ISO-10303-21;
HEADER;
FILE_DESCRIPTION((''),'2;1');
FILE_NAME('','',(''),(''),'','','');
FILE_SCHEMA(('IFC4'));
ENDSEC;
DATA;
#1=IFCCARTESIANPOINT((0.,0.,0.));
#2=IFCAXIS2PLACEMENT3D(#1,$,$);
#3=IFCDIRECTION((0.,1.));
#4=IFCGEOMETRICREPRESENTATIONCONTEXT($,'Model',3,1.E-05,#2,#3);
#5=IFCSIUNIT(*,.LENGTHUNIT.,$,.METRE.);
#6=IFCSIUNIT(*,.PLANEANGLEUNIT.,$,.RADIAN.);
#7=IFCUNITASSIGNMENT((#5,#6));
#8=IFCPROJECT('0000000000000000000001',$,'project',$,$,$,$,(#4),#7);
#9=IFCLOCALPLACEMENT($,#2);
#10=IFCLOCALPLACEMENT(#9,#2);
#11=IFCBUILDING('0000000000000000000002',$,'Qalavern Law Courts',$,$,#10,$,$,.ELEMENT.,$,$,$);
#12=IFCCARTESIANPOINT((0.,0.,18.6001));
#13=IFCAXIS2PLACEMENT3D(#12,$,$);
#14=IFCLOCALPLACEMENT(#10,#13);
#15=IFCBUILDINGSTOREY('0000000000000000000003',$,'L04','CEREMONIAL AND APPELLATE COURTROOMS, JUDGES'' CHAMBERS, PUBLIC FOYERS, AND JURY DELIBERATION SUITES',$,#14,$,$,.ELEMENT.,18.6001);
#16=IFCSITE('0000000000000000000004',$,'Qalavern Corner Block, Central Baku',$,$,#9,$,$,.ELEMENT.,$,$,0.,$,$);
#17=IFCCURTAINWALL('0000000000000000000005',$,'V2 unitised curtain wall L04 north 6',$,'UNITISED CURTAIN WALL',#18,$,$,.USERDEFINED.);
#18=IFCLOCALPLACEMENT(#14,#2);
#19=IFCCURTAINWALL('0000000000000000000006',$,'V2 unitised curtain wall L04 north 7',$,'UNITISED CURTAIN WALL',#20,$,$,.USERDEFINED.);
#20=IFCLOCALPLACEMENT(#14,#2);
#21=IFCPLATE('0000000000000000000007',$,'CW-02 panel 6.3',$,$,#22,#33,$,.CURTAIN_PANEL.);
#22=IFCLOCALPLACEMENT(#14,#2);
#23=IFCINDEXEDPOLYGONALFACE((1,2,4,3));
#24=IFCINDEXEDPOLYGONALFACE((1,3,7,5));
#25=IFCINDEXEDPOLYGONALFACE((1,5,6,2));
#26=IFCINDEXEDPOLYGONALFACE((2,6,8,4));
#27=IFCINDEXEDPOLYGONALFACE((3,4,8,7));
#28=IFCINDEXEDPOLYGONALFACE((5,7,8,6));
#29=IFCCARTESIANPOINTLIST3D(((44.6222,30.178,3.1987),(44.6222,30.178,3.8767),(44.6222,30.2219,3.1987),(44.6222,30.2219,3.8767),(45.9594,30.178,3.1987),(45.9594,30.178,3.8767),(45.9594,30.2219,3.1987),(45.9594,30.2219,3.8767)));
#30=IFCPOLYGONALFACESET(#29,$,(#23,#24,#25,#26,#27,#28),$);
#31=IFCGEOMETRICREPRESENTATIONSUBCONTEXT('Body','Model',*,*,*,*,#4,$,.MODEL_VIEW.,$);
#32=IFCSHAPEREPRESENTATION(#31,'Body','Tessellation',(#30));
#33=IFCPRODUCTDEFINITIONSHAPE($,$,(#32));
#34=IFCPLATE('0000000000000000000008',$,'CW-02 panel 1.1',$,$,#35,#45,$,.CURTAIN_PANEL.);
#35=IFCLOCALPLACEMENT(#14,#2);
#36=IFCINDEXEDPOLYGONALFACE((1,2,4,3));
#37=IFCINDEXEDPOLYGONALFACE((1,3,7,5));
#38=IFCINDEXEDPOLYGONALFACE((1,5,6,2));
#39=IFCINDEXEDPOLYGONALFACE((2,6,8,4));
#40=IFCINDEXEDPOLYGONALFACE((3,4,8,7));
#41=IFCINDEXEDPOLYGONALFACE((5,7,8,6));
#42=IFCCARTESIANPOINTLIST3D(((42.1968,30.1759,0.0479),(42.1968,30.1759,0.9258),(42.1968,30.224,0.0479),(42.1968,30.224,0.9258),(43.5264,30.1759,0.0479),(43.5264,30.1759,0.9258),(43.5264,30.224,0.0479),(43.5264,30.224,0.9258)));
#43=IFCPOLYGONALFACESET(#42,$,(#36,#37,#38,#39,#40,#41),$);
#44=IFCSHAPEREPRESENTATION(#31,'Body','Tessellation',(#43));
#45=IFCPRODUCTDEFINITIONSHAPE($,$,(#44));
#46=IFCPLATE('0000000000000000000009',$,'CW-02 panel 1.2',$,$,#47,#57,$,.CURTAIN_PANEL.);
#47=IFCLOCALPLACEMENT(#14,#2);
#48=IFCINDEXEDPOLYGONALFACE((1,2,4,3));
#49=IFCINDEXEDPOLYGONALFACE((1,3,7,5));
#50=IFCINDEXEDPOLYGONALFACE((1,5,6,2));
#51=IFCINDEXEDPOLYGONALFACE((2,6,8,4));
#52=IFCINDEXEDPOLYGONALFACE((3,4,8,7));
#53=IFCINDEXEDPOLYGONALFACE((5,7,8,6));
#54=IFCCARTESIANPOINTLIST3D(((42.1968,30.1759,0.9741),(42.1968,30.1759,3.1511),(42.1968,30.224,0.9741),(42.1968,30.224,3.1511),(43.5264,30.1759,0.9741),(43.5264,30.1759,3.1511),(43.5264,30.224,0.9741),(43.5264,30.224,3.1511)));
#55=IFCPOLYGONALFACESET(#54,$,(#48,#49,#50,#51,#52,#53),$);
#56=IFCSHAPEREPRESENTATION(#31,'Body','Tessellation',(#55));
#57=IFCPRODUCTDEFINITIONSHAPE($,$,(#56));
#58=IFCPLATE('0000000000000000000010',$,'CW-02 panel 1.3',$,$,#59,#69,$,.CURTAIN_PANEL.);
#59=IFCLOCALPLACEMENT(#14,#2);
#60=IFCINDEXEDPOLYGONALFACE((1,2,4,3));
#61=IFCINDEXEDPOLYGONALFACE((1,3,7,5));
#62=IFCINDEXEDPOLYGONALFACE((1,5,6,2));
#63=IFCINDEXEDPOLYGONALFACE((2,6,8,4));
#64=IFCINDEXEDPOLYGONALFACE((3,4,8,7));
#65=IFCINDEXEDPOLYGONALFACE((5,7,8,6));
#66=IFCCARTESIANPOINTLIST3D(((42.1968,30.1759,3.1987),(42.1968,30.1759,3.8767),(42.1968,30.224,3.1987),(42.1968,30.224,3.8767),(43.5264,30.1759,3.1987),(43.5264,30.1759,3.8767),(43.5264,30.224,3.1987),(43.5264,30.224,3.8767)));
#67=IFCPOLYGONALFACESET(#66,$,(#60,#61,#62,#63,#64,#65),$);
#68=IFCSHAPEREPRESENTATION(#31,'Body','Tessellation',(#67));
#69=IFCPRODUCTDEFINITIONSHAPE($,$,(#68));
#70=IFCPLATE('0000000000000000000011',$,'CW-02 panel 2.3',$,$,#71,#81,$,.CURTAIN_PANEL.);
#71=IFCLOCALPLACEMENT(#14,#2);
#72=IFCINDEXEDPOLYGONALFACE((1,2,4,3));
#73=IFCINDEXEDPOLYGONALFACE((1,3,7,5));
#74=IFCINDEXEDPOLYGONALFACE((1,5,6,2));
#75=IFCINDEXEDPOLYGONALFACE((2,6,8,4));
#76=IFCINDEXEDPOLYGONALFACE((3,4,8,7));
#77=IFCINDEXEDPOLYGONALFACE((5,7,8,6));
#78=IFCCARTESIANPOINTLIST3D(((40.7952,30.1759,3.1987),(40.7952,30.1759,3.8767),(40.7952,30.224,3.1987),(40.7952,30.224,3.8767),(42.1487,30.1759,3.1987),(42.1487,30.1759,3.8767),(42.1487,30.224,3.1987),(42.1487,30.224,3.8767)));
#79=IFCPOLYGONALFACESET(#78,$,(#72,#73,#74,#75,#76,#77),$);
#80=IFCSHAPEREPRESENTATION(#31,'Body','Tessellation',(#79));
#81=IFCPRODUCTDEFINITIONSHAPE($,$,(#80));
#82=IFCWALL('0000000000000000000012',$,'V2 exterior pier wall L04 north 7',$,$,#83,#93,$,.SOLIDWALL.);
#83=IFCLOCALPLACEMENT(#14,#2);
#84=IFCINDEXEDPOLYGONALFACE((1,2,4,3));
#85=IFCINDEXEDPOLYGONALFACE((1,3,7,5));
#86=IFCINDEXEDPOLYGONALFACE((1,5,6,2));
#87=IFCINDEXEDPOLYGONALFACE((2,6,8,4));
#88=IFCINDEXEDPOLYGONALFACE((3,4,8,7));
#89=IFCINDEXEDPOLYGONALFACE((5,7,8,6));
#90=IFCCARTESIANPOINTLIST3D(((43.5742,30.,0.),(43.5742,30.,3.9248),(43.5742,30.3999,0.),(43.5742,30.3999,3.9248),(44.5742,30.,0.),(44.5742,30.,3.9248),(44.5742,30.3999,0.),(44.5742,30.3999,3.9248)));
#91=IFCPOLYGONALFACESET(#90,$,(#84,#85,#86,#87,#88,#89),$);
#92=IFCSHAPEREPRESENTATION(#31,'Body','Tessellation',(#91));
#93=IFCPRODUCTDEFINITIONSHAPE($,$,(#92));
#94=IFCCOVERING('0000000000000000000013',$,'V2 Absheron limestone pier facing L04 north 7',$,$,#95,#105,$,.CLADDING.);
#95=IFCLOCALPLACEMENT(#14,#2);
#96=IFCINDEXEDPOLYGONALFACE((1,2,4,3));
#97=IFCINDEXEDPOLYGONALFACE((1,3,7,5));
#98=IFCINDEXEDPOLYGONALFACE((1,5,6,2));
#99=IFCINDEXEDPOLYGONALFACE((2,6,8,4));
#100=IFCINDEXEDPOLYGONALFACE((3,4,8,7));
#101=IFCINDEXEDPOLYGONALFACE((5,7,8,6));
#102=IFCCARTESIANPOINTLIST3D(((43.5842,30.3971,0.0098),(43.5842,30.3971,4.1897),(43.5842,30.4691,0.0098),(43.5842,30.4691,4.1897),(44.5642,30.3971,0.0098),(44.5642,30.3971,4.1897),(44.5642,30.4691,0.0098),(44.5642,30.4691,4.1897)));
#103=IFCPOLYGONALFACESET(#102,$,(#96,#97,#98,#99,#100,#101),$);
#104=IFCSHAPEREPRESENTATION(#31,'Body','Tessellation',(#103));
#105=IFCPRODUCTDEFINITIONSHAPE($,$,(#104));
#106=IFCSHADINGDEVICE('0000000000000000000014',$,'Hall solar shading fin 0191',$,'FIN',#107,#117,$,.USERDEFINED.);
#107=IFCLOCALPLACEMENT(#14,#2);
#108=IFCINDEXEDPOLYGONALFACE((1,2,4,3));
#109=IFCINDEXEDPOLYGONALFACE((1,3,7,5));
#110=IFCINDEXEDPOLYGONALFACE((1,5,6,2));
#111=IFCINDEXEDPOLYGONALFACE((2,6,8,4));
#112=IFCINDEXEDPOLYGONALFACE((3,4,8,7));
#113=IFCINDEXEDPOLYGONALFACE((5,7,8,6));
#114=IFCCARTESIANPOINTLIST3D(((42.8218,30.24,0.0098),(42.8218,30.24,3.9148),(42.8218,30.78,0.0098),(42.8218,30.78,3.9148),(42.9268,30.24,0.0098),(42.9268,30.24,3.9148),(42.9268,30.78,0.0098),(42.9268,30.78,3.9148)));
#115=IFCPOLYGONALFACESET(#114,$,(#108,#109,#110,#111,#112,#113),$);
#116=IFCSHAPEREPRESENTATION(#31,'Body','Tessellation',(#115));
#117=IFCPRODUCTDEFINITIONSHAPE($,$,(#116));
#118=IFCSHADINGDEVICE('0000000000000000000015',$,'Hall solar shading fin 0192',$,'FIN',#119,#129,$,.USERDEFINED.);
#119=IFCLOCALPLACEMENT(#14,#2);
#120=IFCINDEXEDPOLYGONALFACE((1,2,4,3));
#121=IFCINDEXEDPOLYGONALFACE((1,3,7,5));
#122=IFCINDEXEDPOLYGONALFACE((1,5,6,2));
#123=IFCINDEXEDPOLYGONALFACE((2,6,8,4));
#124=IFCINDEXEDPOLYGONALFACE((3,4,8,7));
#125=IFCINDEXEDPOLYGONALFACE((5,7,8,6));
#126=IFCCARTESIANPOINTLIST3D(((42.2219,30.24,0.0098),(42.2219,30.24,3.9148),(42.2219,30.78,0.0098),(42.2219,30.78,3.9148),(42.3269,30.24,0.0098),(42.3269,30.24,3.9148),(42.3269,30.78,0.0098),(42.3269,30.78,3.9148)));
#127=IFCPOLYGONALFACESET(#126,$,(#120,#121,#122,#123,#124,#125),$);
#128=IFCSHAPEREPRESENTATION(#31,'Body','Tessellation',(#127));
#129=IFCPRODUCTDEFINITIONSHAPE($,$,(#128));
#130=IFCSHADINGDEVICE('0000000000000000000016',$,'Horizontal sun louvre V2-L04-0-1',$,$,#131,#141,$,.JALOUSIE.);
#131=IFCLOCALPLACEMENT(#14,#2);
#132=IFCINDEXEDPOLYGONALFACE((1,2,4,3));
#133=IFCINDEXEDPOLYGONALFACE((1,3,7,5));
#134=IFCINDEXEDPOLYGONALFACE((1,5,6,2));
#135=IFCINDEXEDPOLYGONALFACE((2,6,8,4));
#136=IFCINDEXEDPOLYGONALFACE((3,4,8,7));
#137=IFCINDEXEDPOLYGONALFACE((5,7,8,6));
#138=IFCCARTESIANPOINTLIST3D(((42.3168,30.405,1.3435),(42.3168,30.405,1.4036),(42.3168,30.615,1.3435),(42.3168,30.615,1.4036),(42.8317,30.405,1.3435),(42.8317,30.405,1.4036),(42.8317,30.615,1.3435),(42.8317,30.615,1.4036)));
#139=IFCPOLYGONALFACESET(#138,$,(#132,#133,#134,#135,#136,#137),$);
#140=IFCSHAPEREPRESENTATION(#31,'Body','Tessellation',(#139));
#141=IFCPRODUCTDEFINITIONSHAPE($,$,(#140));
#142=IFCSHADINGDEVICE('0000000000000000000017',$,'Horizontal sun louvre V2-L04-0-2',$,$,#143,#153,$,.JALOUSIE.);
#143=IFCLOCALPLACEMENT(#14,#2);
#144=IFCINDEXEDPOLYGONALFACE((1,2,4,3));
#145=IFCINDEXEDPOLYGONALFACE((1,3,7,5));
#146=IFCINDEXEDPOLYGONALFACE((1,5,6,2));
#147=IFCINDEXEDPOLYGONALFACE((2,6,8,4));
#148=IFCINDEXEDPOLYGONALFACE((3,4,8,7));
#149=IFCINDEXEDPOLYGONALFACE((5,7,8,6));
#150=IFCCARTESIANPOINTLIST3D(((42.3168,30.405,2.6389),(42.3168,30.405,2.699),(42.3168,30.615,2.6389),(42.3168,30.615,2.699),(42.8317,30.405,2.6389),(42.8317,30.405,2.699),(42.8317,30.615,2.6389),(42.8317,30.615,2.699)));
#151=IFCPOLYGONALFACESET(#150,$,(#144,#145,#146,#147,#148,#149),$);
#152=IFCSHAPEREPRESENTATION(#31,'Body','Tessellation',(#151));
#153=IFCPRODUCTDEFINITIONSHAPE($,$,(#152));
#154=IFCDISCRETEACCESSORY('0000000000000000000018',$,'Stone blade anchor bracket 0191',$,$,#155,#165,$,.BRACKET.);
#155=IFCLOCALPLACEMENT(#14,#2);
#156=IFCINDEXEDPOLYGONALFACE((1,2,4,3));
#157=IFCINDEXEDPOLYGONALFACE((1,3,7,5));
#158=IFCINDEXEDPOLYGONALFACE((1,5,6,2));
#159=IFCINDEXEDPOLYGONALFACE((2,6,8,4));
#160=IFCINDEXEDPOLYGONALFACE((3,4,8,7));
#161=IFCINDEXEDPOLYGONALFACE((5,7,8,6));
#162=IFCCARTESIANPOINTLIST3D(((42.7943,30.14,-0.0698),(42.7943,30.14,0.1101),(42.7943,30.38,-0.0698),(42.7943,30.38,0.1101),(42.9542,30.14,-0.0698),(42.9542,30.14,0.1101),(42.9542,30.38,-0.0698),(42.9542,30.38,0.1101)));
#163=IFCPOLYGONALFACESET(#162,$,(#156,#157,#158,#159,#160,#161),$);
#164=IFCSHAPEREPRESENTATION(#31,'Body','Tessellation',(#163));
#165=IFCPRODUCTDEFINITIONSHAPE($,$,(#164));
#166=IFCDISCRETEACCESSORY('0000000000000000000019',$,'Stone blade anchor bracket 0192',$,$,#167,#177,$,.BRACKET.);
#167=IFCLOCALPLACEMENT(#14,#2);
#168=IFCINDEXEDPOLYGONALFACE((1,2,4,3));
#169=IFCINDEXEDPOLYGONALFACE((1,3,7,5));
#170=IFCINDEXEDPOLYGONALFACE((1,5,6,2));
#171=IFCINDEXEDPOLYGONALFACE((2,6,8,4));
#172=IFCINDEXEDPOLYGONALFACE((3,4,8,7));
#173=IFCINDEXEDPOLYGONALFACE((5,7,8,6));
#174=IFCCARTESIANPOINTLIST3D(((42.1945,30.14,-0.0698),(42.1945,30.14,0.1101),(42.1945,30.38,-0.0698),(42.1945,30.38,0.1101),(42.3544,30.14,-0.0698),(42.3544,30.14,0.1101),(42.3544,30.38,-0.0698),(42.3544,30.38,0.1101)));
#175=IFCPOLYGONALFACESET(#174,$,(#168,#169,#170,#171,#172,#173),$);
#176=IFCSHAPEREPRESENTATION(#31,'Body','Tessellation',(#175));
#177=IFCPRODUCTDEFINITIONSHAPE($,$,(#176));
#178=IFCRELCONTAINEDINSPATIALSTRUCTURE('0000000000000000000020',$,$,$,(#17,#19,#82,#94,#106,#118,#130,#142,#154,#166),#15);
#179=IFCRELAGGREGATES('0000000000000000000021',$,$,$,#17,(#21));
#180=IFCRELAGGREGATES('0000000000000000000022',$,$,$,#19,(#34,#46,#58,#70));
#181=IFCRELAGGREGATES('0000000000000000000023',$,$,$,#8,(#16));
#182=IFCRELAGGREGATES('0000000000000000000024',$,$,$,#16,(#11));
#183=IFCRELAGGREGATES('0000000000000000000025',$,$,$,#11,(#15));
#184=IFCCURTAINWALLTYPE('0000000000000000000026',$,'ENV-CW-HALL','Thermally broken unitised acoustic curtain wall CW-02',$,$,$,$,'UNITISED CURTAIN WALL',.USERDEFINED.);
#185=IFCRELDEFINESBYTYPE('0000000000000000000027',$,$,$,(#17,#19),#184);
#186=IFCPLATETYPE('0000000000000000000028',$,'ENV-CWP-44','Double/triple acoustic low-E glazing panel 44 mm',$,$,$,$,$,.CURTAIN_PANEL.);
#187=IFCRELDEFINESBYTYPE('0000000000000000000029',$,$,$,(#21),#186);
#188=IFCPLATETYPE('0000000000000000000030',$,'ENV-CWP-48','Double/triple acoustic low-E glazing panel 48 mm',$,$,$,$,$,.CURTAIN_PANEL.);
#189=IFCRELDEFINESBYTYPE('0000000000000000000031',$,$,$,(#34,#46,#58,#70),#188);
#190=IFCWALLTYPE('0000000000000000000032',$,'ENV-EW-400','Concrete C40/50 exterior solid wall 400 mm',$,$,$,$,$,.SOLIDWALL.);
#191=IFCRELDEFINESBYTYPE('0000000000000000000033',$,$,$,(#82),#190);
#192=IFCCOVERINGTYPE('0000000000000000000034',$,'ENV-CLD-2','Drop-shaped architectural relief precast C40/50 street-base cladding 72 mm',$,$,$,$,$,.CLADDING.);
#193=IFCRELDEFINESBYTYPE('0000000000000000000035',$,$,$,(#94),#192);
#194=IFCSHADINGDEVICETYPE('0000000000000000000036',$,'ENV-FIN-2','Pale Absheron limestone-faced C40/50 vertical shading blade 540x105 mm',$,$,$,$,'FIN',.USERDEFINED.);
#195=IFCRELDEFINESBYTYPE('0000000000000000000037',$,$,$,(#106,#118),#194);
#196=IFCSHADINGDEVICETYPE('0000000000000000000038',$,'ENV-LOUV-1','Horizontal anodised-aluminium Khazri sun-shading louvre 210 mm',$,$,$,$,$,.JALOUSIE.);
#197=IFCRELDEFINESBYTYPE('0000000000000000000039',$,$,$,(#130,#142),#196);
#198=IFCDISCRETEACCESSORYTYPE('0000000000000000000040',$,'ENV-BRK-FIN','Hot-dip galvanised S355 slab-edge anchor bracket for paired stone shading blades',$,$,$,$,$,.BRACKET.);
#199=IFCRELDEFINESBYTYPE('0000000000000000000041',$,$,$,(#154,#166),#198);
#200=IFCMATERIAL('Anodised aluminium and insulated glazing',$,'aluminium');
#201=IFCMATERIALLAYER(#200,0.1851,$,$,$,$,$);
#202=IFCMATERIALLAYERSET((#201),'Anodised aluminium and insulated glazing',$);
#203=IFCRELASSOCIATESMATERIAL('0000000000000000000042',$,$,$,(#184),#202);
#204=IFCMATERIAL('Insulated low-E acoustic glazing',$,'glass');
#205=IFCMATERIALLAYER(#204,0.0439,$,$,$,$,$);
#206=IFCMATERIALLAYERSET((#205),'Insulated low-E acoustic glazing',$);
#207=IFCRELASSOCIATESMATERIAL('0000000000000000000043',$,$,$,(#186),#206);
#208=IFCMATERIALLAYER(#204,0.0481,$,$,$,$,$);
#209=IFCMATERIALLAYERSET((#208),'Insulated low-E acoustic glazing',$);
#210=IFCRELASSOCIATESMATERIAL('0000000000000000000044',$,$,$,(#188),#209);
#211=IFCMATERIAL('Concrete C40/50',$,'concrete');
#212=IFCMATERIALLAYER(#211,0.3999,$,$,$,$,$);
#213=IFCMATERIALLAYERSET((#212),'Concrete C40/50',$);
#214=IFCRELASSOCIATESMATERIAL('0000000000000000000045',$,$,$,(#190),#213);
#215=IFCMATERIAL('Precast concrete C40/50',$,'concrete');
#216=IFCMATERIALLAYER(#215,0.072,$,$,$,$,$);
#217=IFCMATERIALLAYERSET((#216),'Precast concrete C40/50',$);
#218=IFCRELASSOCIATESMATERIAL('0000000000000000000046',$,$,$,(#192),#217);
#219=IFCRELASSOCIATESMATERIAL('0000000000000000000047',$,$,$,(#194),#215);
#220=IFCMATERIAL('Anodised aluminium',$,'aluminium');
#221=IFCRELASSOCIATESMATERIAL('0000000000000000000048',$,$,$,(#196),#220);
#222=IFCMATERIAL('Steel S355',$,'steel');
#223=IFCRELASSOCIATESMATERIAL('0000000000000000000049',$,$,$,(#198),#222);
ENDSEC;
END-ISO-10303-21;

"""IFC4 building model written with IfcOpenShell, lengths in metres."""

from ifc_helpers import new_model, si_unit, direction, frame, frame_2d, origin, origin_2d, place, context, subcontext, project, spatial, rectangle, extrude, material, layer, layer_set, type_object, element, aggregate, save


model = new_model("IFC4")

# Units and contexts
model_context = context("Model", 3, precision=1e-05, world=origin(), true_north=direction((0.0, 1.0)))
body_context = subcontext(model_context, "Body", "Model", "MODEL_VIEW")
ifc_project = project(units=[si_unit("LENGTHUNIT", "METRE"), si_unit("PLANEANGLEUNIT", "RADIAN")], contexts=[model_context])

# Site, building, storey
site_placement = place(None, origin())
site = spatial("IfcSite", under=ifc_project, at=site_placement, Name="Qalavern Corner Block, Central Baku", CompositionType="ELEMENT", RefElevation=0.0)
building_placement = place(site_placement, origin())
building = spatial("IfcBuilding", under=site, at=building_placement, Name="Qalavern Law Courts", CompositionType="ELEMENT")
storey_placement = place(building_placement, frame((0.0, 0.0, 18.6001)))
storey = spatial("IfcBuildingStorey", under=building, at=storey_placement, Name="L04", Description="CEREMONIAL AND APPELLATE COURTROOMS, JUDGES' CHAMBERS, PUBLIC FOYERS, AND JURY DELIBERATION SUITES", CompositionType="ELEMENT", Elevation=18.6001)

# Curtain walls
ifc_material_1 = material(Name="Anodised aluminium and insulated glazing", Category="aluminium")
ifc_layer_1 = layer(ifc_material_1, 0.1851)
ifc_layer_set_1 = layer_set([ifc_layer_1], Name="Anodised aluminium and insulated glazing")
curtain_wall_type = type_object("IfcCurtainWallType", Name="ENV-CW-HALL", Description="Thermally broken unitised acoustic curtain wall CW-02", ElementType="UNITISED CURTAIN WALL", PredefinedType="USERDEFINED", material=ifc_layer_set_1)
curtain_wall_1_placement = place(storey_placement, origin())
curtain_wall_1 = element("IfcCurtainWall", 1, at=curtain_wall_1_placement, inside=storey, type_object=curtain_wall_type, Name="V2 unitised curtain wall L04 north 6", ObjectType="UNITISED CURTAIN WALL", PredefinedType="USERDEFINED")
ifc_material_2 = material(Name="Anodised aluminium", Category="aluminium")
curtain_wall_2_placement = place(storey_placement, origin())
curtain_wall_2 = element("IfcCurtainWall", 2, at=curtain_wall_2_placement, inside=storey, type_object=curtain_wall_type, Name="V2 unitised curtain wall L04 north 7", ObjectType="UNITISED CURTAIN WALL", PredefinedType="USERDEFINED")

# Shared definitions
ifc_material_3 = material(Name="Concrete C40/50", Category="concrete")

# Plates
ifc_material_4 = material(Name="Insulated low-E acoustic glazing", Category="glass")
ifc_layer_2 = layer(ifc_material_4, 0.0439)
ifc_layer_set_2 = layer_set([ifc_layer_2], Name="Insulated low-E acoustic glazing")
plate_type_1 = type_object("IfcPlateType", Name="ENV-CWP-44", Description="Double/triple acoustic low-E glazing panel 44 mm", PredefinedType="CURTAIN_PANEL", material=ifc_layer_set_2)
plate_1_placement = place(storey_placement, frame((45.2908, 30.2, 3.1987), z_axis=(0.0, 0.0, 1.0), x_axis=(-1.0, 0.0, 0.0)))
plate_1 = element("IfcPlate", 3, at=plate_1_placement, type_object=plate_type_1, Name="CW-02 panel 6.3", PredefinedType="CURTAIN_PANEL", context=body_context, shape_type="SweptSolid", body=[
    extrude(rectangle(XDim=1.3372, YDim=0.0439, at=origin_2d()), origin(), (0.0, 0.0, 1.0), 0.678),
])
aggregate(curtain_wall_1, [plate_1])
ifc_layer_3 = layer(ifc_material_4, 0.0481)
ifc_layer_set_3 = layer_set([ifc_layer_3], Name="Insulated low-E acoustic glazing")
plate_type_2 = type_object("IfcPlateType", Name="ENV-CWP-48", Description="Double/triple acoustic low-E glazing panel 48 mm", PredefinedType="CURTAIN_PANEL", material=ifc_layer_set_3)
plate_2_placement = place(storey_placement, frame((42.8616, 30.2, 0.0479), z_axis=(0.0, 0.0, 1.0), x_axis=(-1.0, 0.0, 0.0)))
plate_2 = element("IfcPlate", 4, at=plate_2_placement, type_object=plate_type_2, Name="CW-02 panel 1.1", PredefinedType="CURTAIN_PANEL", context=body_context, shape_type="SweptSolid", body=[
    extrude(rectangle(XDim=1.3296, YDim=0.0481, at=origin_2d()), origin(), (0.0, 0.0, 1.0), 0.8779),
])
plate_3_placement = place(storey_placement, frame((42.8616, 30.2, 0.9741), z_axis=(0.0, 0.0, 1.0), x_axis=(-1.0, 0.0, 0.0)))
plate_3 = element("IfcPlate", 5, at=plate_3_placement, type_object=plate_type_2, Name="CW-02 panel 1.2", PredefinedType="CURTAIN_PANEL", context=body_context, shape_type="SweptSolid", body=[
    extrude(rectangle(XDim=1.3296, YDim=0.0481, at=origin_2d()), origin(), (0.0, 0.0, 1.0), 2.177),
])
plate_4_placement = place(storey_placement, frame((42.8616, 30.2, 3.1987), z_axis=(0.0, 0.0, 1.0), x_axis=(-1.0, 0.0, 0.0)))
plate_4 = element("IfcPlate", 6, at=plate_4_placement, type_object=plate_type_2, Name="CW-02 panel 1.3", PredefinedType="CURTAIN_PANEL", context=body_context, shape_type="SweptSolid", body=[
    extrude(rectangle(XDim=1.3296, YDim=0.0481, at=origin_2d()), origin(), (0.0, 0.0, 1.0), 0.678),
])
plate_5_placement = place(storey_placement, frame((41.4719, 30.2, 3.1987), z_axis=(0.0, 0.0, 1.0), x_axis=(-1.0, 0.0, 0.0)))
plate_5 = element("IfcPlate", 7, at=plate_5_placement, type_object=plate_type_2, Name="CW-02 panel 2.3", PredefinedType="CURTAIN_PANEL", context=body_context, shape_type="SweptSolid", body=[
    extrude(rectangle(XDim=1.3535, YDim=0.0481, at=origin_2d()), origin(), (0.0, 0.0, 1.0), 0.678),
])
aggregate(curtain_wall_2, [plate_2, plate_3, plate_4, plate_5])

# Wall
ifc_layer_4 = layer(ifc_material_3, 0.3999)
ifc_layer_set_4 = layer_set([ifc_layer_4], Name="Concrete C40/50")
wall_type = type_object("IfcWallType", Name="ENV-EW-400", Description="Concrete C40/50 exterior solid wall 400 mm", PredefinedType="SOLIDWALL", material=ifc_layer_set_4)
wall_placement = place(storey_placement, frame((44.5742, 30.2, 0.0), z_axis=(0.0, 0.0, 1.0), x_axis=(-1.0, 0.0, 0.0)))
element("IfcWall", 8, at=wall_placement, inside=storey, type_object=wall_type, Name="V2 exterior pier wall L04 north 7", PredefinedType="SOLIDWALL", context=body_context, shape_type="SweptSolid", body=[
    extrude(rectangle(XDim=1.0, YDim=0.3999, at=frame_2d((0.5, 0.0))), origin(), (0.0, 0.0, 1.0), 3.9248),
])

# Covering
ifc_material_5 = material(Name="Precast concrete C40/50", Category="concrete")
ifc_layer_5 = layer(ifc_material_5, 0.072)
ifc_layer_set_5 = layer_set([ifc_layer_5], Name="Precast concrete C40/50")
covering_type = type_object("IfcCoveringType", Name="ENV-CLD-2", Description="Drop-shaped architectural relief precast C40/50 street-base cladding 72 mm", PredefinedType="CLADDING", material=ifc_layer_set_5)
covering_placement = place(storey_placement, frame((44.0742, 30.4331, 0.0098), z_axis=(0.0, 0.0, 1.0), x_axis=(-1.0, 0.0, 0.0)))
element("IfcCovering", 9, at=covering_placement, inside=storey, type_object=covering_type, Name="V2 Absheron limestone pier facing L04 north 7", PredefinedType="CLADDING", context=body_context, shape_type="SweptSolid", body=[
    extrude(rectangle(XDim=0.98, YDim=0.072, at=origin_2d()), origin(), (0.0, 0.0, 1.0), 4.1799),
])

# Shading devices
shading_device_type_1 = type_object("IfcShadingDeviceType", Name="ENV-FIN-2", Description="Pale Absheron limestone-faced C40/50 vertical shading blade 540x105 mm", ElementType="FIN", PredefinedType="USERDEFINED", material=ifc_material_5)
for number, where, z_axis, x_axis, name in (
    (10, (42.8743, 30.51, 0.0098), (0.0, 0.0, 1.0), (0.0, 1.0, 0.0), "Hall solar shading fin 0191"),
    (11, (42.2744, 30.51, 0.0098), (0.0, 0.0, 1.0), (0.0, 1.0, 0.0), "Hall solar shading fin 0192"),
):
    element("IfcShadingDevice", number, at=place(storey_placement, frame(where, z_axis=z_axis, x_axis=x_axis)), inside=storey, type_object=shading_device_type_1, Name=name, ObjectType="FIN", PredefinedType="USERDEFINED", context=body_context, shape_type="SweptSolid", body=[
        extrude(rectangle(XDim=0.54, YDim=0.105, at=origin_2d()), origin(), (0.0, 0.0, 1.0), 3.905),
    ])
shading_device_type_2 = type_object("IfcShadingDeviceType", Name="ENV-LOUV-1", Description="Horizontal anodised-aluminium Khazri sun-shading louvre 210 mm", PredefinedType="JALOUSIE", material=ifc_material_2)
for number, where, z_axis, x_axis, name in (
    (12, (42.5742, 30.51, 1.3435), (0.0, 0.0, 1.0), (-1.0, 0.0, 0.0), "Horizontal sun louvre V2-L04-0-1"),
    (13, (42.5742, 30.51, 2.6389), (0.0, 0.0, 1.0), (-1.0, 0.0, 0.0), "Horizontal sun louvre V2-L04-0-2"),
):
    element("IfcShadingDevice", number, at=place(storey_placement, frame(where, z_axis=z_axis, x_axis=x_axis)), inside=storey, type_object=shading_device_type_2, Name=name, PredefinedType="JALOUSIE", context=body_context, shape_type="SweptSolid", body=[
        extrude(rectangle(XDim=0.5149, YDim=0.21, at=origin_2d()), origin(), (0.0, 0.0, 1.0), 0.0601),
    ])

# Discrete accessories
ifc_material_6 = material(Name="Steel S355", Category="steel")
discrete_accessory_type = type_object("IfcDiscreteAccessoryType", Name="ENV-BRK-FIN", Description="Hot-dip galvanised S355 slab-edge anchor bracket for paired stone shading blades", PredefinedType="BRACKET", material=ifc_material_6)
for number, where, z_axis, x_axis, name in (
    (14, (42.8743, 30.26, -0.0698), (0.0, 0.0, 1.0), (0.0, 1.0, 0.0), "Stone blade anchor bracket 0191"),
    (15, (42.2744, 30.26, -0.0698), (0.0, 0.0, 1.0), (0.0, 1.0, 0.0), "Stone blade anchor bracket 0192"),
):
    element("IfcDiscreteAccessory", number, at=place(storey_placement, frame(where, z_axis=z_axis, x_axis=x_axis)), inside=storey, type_object=discrete_accessory_type, Name=name, PredefinedType="BRACKET", context=body_context, shape_type="SweptSolid", body=[
        extrude(rectangle(XDim=0.24, YDim=0.1599, at=origin_2d()), origin(), (0.0, 0.0, 1.0), 0.1799),
    ])

save(model, "model.ifc")
